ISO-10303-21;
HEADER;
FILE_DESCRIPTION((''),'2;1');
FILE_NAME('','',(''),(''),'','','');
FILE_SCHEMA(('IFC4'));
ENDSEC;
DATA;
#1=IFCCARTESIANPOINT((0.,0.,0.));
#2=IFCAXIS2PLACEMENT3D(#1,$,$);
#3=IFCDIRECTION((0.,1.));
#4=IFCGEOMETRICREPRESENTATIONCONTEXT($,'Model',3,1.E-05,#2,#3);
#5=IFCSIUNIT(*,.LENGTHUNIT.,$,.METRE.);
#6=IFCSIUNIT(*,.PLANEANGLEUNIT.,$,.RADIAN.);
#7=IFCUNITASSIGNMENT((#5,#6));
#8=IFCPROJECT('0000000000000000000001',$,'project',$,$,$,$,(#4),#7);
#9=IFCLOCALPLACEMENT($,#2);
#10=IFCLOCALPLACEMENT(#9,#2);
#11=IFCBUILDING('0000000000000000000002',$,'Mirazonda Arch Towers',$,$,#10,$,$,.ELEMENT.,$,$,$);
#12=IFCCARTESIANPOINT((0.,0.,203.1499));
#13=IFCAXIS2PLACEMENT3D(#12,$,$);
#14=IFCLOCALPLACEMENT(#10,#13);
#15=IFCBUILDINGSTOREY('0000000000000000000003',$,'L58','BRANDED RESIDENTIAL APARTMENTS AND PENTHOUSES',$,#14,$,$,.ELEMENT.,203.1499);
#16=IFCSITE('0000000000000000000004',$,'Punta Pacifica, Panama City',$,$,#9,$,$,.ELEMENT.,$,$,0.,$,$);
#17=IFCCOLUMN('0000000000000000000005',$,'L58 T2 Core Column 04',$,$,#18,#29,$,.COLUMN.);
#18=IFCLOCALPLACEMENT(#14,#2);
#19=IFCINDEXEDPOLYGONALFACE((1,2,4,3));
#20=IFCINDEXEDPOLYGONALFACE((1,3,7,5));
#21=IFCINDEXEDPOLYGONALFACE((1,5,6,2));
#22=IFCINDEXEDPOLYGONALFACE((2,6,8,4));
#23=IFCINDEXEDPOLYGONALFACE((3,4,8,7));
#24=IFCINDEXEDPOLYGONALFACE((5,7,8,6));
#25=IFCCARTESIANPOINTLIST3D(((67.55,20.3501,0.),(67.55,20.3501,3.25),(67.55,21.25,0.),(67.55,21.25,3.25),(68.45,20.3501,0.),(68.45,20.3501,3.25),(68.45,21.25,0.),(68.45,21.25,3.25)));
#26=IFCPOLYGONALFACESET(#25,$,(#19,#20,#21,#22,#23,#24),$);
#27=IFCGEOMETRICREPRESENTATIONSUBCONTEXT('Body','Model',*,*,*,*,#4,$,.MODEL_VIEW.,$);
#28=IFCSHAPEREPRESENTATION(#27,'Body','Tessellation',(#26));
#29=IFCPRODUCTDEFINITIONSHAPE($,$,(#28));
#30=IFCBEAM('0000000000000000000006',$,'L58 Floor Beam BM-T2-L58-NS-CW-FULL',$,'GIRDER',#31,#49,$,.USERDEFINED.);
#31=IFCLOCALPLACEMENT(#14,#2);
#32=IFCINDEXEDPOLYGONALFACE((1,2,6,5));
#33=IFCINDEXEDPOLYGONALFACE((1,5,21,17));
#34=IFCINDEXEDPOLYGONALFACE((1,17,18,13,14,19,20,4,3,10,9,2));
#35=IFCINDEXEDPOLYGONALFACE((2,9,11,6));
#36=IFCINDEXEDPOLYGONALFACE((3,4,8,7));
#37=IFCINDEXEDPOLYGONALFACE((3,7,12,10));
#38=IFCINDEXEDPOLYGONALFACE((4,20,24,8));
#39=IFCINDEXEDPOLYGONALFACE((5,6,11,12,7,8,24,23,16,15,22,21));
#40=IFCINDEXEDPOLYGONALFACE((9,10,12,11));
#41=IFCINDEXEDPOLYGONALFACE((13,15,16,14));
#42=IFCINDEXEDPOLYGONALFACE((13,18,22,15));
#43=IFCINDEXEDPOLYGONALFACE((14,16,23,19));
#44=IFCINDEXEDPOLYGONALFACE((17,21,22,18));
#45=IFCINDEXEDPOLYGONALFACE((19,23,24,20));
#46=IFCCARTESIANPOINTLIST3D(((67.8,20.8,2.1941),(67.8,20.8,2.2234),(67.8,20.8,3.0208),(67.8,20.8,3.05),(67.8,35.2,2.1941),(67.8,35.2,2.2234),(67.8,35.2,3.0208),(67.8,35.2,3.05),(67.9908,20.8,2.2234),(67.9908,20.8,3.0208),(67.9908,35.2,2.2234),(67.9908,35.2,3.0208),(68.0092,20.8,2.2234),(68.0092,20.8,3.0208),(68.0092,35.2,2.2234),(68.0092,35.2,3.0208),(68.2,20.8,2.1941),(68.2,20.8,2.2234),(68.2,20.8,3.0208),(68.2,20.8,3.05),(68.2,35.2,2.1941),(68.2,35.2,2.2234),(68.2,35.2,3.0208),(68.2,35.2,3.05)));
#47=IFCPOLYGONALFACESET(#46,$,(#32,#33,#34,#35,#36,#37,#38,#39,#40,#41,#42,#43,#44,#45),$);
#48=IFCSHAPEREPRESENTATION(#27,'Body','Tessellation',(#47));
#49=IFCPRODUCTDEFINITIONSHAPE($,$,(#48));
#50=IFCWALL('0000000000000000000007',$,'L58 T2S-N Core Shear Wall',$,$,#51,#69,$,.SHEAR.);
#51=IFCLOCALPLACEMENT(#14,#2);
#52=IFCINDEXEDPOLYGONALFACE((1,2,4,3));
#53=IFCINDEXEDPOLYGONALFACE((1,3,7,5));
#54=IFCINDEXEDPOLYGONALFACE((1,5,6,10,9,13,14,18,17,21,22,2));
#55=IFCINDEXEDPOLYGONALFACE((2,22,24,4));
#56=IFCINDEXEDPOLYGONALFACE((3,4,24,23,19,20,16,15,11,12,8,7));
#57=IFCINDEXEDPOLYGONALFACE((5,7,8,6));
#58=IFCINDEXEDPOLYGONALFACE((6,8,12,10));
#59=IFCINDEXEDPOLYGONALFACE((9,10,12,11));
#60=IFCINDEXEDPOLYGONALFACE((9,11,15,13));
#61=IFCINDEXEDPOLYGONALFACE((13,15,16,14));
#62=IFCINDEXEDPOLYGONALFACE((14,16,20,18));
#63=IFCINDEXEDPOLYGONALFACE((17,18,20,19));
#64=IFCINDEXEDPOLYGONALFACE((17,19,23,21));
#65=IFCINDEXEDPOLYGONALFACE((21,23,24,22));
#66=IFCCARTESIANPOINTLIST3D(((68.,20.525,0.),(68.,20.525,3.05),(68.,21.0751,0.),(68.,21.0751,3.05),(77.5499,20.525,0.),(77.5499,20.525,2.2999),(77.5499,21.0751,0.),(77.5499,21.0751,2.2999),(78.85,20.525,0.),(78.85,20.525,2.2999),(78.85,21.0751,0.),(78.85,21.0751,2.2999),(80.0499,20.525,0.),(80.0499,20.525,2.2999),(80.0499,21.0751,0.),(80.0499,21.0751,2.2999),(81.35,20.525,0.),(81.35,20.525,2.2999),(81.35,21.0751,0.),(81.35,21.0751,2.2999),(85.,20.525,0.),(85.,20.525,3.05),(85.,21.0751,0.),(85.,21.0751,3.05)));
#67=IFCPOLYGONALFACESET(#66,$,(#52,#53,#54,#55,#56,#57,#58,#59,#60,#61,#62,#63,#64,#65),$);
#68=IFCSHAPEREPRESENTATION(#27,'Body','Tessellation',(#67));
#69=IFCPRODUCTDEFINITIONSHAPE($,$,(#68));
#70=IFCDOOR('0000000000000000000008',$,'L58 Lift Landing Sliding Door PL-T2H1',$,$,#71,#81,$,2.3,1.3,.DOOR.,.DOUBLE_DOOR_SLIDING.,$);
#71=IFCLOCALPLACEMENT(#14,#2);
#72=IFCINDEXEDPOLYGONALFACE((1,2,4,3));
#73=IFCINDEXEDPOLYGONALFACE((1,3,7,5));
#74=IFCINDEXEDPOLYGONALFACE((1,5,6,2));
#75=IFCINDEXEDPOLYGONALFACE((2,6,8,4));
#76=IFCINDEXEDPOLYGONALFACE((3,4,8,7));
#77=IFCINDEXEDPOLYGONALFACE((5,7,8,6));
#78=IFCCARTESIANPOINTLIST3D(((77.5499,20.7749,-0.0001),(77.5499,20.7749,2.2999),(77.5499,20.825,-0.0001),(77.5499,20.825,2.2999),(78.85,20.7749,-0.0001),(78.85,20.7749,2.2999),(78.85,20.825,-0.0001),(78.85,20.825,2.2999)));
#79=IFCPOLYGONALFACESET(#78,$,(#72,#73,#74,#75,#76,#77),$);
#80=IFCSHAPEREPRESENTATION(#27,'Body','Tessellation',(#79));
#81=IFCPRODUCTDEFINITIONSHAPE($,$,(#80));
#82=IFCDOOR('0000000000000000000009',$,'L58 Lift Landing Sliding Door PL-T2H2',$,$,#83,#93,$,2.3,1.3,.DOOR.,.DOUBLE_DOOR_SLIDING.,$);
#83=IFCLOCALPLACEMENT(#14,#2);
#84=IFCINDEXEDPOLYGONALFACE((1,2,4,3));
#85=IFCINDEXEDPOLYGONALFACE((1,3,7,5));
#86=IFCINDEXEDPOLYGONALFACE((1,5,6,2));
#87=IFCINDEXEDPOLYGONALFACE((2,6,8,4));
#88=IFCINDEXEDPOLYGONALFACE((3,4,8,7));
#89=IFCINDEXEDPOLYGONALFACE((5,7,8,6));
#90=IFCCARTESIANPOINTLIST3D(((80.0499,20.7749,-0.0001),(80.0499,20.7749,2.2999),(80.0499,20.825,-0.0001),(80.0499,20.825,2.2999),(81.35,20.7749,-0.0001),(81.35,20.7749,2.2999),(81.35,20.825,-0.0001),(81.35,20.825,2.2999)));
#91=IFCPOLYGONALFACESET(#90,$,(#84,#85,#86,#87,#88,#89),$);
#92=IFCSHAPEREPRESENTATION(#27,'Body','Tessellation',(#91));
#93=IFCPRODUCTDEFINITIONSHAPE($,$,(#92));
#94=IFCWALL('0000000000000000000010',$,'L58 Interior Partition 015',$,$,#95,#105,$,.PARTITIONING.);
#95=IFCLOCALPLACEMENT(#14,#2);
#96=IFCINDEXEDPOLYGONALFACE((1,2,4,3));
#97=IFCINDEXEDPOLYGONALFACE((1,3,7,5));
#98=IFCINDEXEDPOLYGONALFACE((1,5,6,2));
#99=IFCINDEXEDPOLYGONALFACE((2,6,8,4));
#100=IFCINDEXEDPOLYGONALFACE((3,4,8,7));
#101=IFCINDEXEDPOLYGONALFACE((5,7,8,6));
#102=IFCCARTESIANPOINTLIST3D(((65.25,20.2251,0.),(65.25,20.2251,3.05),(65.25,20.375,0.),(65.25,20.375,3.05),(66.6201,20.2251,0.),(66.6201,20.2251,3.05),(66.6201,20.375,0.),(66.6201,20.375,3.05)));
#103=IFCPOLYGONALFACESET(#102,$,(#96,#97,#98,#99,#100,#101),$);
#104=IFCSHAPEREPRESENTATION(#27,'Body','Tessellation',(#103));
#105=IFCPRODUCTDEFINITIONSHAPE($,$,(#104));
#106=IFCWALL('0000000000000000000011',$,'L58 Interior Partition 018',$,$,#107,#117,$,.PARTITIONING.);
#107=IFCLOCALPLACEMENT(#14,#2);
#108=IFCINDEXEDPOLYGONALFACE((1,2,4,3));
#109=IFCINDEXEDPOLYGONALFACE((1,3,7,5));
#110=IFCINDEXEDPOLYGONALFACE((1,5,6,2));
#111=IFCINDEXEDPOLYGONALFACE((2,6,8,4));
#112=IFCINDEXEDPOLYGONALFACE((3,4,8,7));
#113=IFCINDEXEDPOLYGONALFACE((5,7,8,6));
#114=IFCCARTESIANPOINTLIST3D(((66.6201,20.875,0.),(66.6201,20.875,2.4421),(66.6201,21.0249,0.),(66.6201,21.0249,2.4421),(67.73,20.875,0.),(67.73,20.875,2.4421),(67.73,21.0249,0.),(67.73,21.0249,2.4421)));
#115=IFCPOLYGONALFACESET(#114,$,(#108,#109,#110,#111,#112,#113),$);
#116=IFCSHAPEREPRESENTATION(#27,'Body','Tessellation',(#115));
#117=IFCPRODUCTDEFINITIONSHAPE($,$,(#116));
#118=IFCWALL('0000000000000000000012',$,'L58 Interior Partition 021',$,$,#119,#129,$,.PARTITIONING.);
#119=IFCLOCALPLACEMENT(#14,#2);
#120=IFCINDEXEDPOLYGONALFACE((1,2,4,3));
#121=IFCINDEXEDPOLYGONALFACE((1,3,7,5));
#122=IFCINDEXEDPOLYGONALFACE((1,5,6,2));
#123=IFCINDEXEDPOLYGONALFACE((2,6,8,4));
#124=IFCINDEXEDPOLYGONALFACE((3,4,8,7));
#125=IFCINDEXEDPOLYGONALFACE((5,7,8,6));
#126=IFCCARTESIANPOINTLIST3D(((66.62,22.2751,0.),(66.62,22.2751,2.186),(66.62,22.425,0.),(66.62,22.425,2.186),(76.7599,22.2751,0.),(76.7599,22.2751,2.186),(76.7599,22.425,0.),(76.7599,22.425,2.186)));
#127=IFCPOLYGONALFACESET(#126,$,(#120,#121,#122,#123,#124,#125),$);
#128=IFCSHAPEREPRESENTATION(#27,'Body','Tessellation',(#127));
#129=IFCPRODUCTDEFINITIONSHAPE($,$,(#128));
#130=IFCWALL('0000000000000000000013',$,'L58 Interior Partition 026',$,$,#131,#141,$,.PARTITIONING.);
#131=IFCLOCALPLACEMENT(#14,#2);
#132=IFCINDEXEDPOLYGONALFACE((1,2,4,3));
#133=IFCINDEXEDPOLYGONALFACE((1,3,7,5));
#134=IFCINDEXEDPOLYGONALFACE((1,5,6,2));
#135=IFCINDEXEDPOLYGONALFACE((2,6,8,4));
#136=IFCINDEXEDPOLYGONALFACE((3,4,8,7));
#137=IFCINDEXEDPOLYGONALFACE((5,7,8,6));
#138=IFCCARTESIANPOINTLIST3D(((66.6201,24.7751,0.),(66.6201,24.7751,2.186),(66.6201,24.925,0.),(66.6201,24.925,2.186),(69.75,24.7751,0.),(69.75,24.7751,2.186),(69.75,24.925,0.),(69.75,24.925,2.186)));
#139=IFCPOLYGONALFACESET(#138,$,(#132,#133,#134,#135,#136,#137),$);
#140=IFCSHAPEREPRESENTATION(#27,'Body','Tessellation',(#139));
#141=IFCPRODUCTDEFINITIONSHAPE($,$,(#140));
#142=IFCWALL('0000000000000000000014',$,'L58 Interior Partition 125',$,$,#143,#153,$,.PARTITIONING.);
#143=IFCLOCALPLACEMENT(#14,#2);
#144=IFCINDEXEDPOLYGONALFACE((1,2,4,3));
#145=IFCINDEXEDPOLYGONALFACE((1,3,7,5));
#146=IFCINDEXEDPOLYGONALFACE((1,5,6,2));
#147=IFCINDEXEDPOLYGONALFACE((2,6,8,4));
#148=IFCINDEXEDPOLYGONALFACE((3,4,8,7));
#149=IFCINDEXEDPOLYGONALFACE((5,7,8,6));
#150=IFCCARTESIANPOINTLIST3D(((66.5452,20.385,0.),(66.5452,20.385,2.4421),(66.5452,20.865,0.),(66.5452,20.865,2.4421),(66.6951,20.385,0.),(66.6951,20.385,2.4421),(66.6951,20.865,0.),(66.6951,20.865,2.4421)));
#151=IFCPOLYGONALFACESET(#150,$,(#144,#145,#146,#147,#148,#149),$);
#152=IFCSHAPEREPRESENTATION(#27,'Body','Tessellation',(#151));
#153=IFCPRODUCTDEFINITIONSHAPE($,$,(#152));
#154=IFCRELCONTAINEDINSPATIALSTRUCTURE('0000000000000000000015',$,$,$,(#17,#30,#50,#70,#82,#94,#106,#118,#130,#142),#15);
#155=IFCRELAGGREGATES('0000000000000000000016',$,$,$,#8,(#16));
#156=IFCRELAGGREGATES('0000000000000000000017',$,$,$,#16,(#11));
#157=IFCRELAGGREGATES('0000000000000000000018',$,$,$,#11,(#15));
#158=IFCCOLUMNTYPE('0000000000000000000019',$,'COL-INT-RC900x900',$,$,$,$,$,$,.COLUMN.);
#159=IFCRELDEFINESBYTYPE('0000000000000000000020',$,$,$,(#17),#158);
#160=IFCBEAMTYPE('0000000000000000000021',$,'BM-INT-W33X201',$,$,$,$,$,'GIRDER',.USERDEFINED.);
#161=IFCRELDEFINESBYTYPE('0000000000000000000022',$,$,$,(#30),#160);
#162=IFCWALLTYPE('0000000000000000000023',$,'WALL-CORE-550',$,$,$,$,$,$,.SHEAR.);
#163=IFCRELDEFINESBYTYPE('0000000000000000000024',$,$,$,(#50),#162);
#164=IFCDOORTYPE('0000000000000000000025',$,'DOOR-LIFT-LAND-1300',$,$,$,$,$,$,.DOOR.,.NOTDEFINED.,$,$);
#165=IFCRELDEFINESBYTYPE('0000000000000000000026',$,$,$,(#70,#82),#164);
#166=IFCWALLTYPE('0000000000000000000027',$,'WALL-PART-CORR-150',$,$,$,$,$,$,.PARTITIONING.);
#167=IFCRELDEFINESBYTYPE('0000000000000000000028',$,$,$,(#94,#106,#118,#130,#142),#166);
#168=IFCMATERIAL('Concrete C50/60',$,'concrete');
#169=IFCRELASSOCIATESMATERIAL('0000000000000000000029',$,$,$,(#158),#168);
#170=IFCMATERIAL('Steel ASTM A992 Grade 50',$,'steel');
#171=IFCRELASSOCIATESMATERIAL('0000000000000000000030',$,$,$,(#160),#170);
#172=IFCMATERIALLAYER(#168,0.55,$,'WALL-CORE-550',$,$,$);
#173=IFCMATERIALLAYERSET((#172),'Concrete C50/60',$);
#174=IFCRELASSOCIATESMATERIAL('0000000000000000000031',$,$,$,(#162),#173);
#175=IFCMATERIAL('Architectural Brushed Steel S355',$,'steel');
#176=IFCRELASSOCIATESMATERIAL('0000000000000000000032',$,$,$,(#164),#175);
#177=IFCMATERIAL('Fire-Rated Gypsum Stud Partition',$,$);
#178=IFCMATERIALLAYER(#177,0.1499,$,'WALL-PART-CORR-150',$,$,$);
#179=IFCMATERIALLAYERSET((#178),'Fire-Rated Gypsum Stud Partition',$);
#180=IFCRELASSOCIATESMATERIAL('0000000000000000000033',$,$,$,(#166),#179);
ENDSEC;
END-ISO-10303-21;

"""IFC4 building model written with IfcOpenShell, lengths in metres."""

from ifc_helpers import new_model, si_unit, direction, frame, frame_2d, origin, origin_2d, place, context, subcontext, project, spatial, rectangle, i_section, extrude, material, layer, layer_set, material_profile, profile_set, type_object, element, fill, save


model = new_model("IFC4")

# Units and contexts
model_context = context("Model", 3, precision=1e-05, world=origin(), true_north=direction((0.0, 1.0)))
body_context = subcontext(model_context, "Body", "Model", "MODEL_VIEW")
ifc_project = project(units=[si_unit("LENGTHUNIT", "METRE"), si_unit("PLANEANGLEUNIT", "RADIAN")], contexts=[model_context])

# Site, building, storey
site_placement = place(None, origin())
site = spatial("IfcSite", under=ifc_project, at=site_placement, Name="Punta Pacifica, Panama City", CompositionType="ELEMENT", RefElevation=0.0)
building_placement = place(site_placement, origin())
building = spatial("IfcBuilding", under=site, at=building_placement, Name="Mirazonda Arch Towers", CompositionType="ELEMENT")
storey_placement = place(building_placement, frame((0.0, 0.0, 203.1499)))
storey = spatial("IfcBuildingStorey", under=building, at=storey_placement, Name="L58", Description="BRANDED RESIDENTIAL APARTMENTS AND PENTHOUSES", CompositionType="ELEMENT", Elevation=203.1499)

# Column
ifc_material_1 = material(Name="Concrete C50/60", Category="concrete")
ifc_material_profile_1 = material_profile(ifc_material_1, rectangle(XDim=0.8999, YDim=0.8999, at=origin_2d()), Name="RC900x900")
ifc_profile_set_1 = profile_set([ifc_material_profile_1], Name="Concrete C50/60")
column_type = type_object("IfcColumnType", Name="COL-INT-RC900x900", PredefinedType="COLUMN", material=ifc_profile_set_1)
column_placement = place(storey_placement, frame((68.0, 20.8, 0.0), z_axis=(0.0, 0.0, 1.0), x_axis=(1.0, 0.0, 0.0)))
element("IfcColumn", 1, at=column_placement, inside=storey, type_object=column_type, Name="L58 T2 Core Column 04", PredefinedType="COLUMN", context=body_context, shape_type="SweptSolid", body=[
    extrude(rectangle(XDim=0.8999, YDim=0.8999, at=origin_2d()), origin(), (0.0, 0.0, 1.0), 3.25),
])

# Beam
ifc_material_2 = material(Name="Steel ASTM A992 Grade 50", Category="steel")
ifc_material_profile_2 = material_profile(ifc_material_2, i_section(OverallWidth=0.3999, OverallDepth=0.856, WebThickness=0.0183, FlangeThickness=0.0293, at=origin_2d()), Name="W33X201")
ifc_profile_set_2 = profile_set([ifc_material_profile_2], Name="Steel ASTM A992 Grade 50")
beam_type = type_object("IfcBeamType", Name="BM-INT-W33X201", ElementType="GIRDER", PredefinedType="USERDEFINED", material=ifc_profile_set_2)
beam_placement = place(storey_placement, frame((68.0, 20.8, 2.6221), z_axis=(0.0, 1.0, 0.0), x_axis=(-1.0, 0.0, 0.0)))
element("IfcBeam", 2, at=beam_placement, inside=storey, type_object=beam_type, Name="L58 Floor Beam BM-T2-L58-NS-CW-FULL", ObjectType="GIRDER", PredefinedType="USERDEFINED", context=body_context, shape_type="SweptSolid", body=[
    extrude(i_section(OverallWidth=0.3999, OverallDepth=0.856, WebThickness=0.0183, FlangeThickness=0.0293, at=origin_2d()), origin(), (0.0, 0.0, 1.0), 14.3999),
])

# Wall, openings, doors
ifc_layer_1 = layer(ifc_material_1, 0.55, Name="WALL-CORE-550")
ifc_layer_set_1 = layer_set([ifc_layer_1], Name="Concrete C50/60")
wall_type_1 = type_object("IfcWallType", Name="WALL-CORE-550", PredefinedType="SHEAR", material=ifc_layer_set_1)
wall_1_placement = place(storey_placement, frame((68.0, 20.8, 0.0), z_axis=(0.0, 0.0, 1.0), x_axis=(1.0, 0.0, 0.0)))
wall_1 = element("IfcWall", 3, at=wall_1_placement, inside=storey, type_object=wall_type_1, Name="L58 T2S-N Core Shear Wall", PredefinedType="SHEAR", context=body_context, shape_type="SweptSolid", body=[
    extrude(rectangle(XDim=17.0, YDim=0.55, at=frame_2d((8.5, 0.0))), origin(), (0.0, 0.0, 1.0), 3.05),
])
opening_1_placement = place(wall_1_placement, frame((9.55, 0.0, 0.0)))
opening_1 = element("IfcOpeningElement", 4, at=opening_1_placement, cuts=wall_1, PredefinedType="OPENING", context=body_context, shape_type="SweptSolid", body=[
    extrude(rectangle(XDim=1.3, YDim=2.3, at=frame_2d((0.6499, 1.1499))), frame((0.0, 0.2849, 0.0), z_axis=(0.0, -1.0, 0.0), x_axis=(1.0, 0.0, 0.0)), (0.0, 0.0, 1.0), 0.5701),
])
opening_2_placement = place(wall_1_placement, frame((12.05, 0.0, 0.0)))
opening_2 = element("IfcOpeningElement", 5, at=opening_2_placement, cuts=wall_1, PredefinedType="OPENING", context=body_context, shape_type="SweptSolid", body=[
    extrude(rectangle(XDim=1.3, YDim=2.3, at=frame_2d((0.6499, 1.1499))), frame((0.0, 0.2849, 0.0), z_axis=(0.0, -1.0, 0.0), x_axis=(1.0, 0.0, 0.0)), (0.0, 0.0, 1.0), 0.5701),
])
ifc_material_3 = material(Name="Architectural Brushed Steel S355", Category="steel")
door_type_1 = type_object("IfcDoorType", Name="DOOR-LIFT-LAND-1300", OperationType="NOTDEFINED", PredefinedType="DOOR", material=ifc_material_3)
door_1_placement = place(opening_1_placement, origin())
door_1 = element("IfcDoor", 6, at=door_1_placement, inside=storey, type_object=door_type_1, Name="L58 Lift Landing Sliding Door PL-T2H1", OperationType="DOUBLE_DOOR_SLIDING", OverallHeight=2.3, OverallWidth=1.3, PredefinedType="DOOR", context=body_context, shape_type="SweptSolid", body=[
    extrude(rectangle(XDim=1.3, YDim=2.3, at=frame_2d((0.6499, 1.1499))), frame((0.0, 0.0249, 0.0), z_axis=(0.0, -1.0, 0.0), x_axis=(1.0, 0.0, 0.0)), (0.0, 0.0, 1.0), 0.05),
])
fill(opening_1, door_1)
door_2_placement = place(opening_2_placement, origin())
door_2 = element("IfcDoor", 7, at=door_2_placement, inside=storey, type_object=door_type_1, Name="L58 Lift Landing Sliding Door PL-T2H2", OperationType="DOUBLE_DOOR_SLIDING", OverallHeight=2.3, OverallWidth=1.3, PredefinedType="DOOR", context=body_context, shape_type="SweptSolid", body=[
    extrude(rectangle(XDim=1.3, YDim=2.3, at=frame_2d((0.6499, 1.1499))), frame((0.0, 0.0249, 0.0), z_axis=(0.0, -1.0, 0.0), x_axis=(1.0, 0.0, 0.0)), (0.0, 0.0, 1.0), 0.05),
])
fill(opening_2, door_2)

# Walls
ifc_material_4 = material(Name="Fire-Rated Gypsum Stud Partition")
ifc_layer_2 = layer(ifc_material_4, 0.1499, Name="WALL-PART-CORR-150")
ifc_layer_set_2 = layer_set([ifc_layer_2], Name="Fire-Rated Gypsum Stud Partition")
wall_type_2 = type_object("IfcWallType", Name="WALL-PART-CORR-150", PredefinedType="PARTITIONING", material=ifc_layer_set_2)
wall_2_placement = place(storey_placement, frame((65.25, 20.3, 0.0), z_axis=(0.0, 0.0, 1.0), x_axis=(1.0, 0.0, 0.0)))
element("IfcWall", 8, at=wall_2_placement, inside=storey, type_object=wall_type_2, Name="L58 Interior Partition 015", PredefinedType="PARTITIONING", context=body_context, shape_type="SweptSolid", body=[
    extrude(rectangle(XDim=1.3701, YDim=0.1499, at=frame_2d((0.6851, 0.0))), origin(), (0.0, 0.0, 1.0), 3.05),
])
wall_3_placement = place(storey_placement, frame((66.6201, 20.95, 0.0), z_axis=(0.0, 0.0, 1.0), x_axis=(1.0, 0.0, 0.0)))
element("IfcWall", 9, at=wall_3_placement, inside=storey, type_object=wall_type_2, Name="L58 Interior Partition 018", PredefinedType="PARTITIONING", context=body_context, shape_type="SweptSolid", body=[
    extrude(rectangle(XDim=1.1099, YDim=0.1499, at=frame_2d((0.5549, 0.0))), origin(), (0.0, 0.0, 1.0), 2.4421),
])
wall_4_placement = place(storey_placement, frame((66.6201, 22.3501, 0.0), z_axis=(0.0, 0.0, 1.0), x_axis=(1.0, 0.0, 0.0)))
element("IfcWall", 10, at=wall_4_placement, inside=storey, type_object=wall_type_2, Name="L58 Interior Partition 021", PredefinedType="PARTITIONING", context=body_context, shape_type="SweptSolid", body=[
    extrude(rectangle(XDim=10.1399, YDim=0.1499, at=frame_2d((5.0698, 0.0))), origin(), (0.0, 0.0, 1.0), 2.186),
])
wall_5_placement = place(storey_placement, frame((66.6201, 24.8501, 0.0), z_axis=(0.0, 0.0, 1.0), x_axis=(1.0, 0.0, 0.0)))
element("IfcWall", 11, at=wall_5_placement, inside=storey, type_object=wall_type_2, Name="L58 Interior Partition 026", PredefinedType="PARTITIONING", context=body_context, shape_type="SweptSolid", body=[
    extrude(rectangle(XDim=3.1299, YDim=0.1499, at=frame_2d((1.5649, 0.0))), origin(), (0.0, 0.0, 1.0), 2.186),
])
wall_6_placement = place(storey_placement, frame((66.6201, 20.385, 0.0), z_axis=(0.0, 0.0, 1.0), x_axis=(0.0, 1.0, 0.0)))
element("IfcWall", 12, at=wall_6_placement, inside=storey, type_object=wall_type_2, Name="L58 Interior Partition 125", PredefinedType="PARTITIONING", context=body_context, shape_type="SweptSolid", body=[
    extrude(rectangle(XDim=0.48, YDim=0.1499, at=frame_2d((0.24, 0.0))), origin(), (0.0, 0.0, 1.0), 2.4421),
])

save(model, "model.ifc")
